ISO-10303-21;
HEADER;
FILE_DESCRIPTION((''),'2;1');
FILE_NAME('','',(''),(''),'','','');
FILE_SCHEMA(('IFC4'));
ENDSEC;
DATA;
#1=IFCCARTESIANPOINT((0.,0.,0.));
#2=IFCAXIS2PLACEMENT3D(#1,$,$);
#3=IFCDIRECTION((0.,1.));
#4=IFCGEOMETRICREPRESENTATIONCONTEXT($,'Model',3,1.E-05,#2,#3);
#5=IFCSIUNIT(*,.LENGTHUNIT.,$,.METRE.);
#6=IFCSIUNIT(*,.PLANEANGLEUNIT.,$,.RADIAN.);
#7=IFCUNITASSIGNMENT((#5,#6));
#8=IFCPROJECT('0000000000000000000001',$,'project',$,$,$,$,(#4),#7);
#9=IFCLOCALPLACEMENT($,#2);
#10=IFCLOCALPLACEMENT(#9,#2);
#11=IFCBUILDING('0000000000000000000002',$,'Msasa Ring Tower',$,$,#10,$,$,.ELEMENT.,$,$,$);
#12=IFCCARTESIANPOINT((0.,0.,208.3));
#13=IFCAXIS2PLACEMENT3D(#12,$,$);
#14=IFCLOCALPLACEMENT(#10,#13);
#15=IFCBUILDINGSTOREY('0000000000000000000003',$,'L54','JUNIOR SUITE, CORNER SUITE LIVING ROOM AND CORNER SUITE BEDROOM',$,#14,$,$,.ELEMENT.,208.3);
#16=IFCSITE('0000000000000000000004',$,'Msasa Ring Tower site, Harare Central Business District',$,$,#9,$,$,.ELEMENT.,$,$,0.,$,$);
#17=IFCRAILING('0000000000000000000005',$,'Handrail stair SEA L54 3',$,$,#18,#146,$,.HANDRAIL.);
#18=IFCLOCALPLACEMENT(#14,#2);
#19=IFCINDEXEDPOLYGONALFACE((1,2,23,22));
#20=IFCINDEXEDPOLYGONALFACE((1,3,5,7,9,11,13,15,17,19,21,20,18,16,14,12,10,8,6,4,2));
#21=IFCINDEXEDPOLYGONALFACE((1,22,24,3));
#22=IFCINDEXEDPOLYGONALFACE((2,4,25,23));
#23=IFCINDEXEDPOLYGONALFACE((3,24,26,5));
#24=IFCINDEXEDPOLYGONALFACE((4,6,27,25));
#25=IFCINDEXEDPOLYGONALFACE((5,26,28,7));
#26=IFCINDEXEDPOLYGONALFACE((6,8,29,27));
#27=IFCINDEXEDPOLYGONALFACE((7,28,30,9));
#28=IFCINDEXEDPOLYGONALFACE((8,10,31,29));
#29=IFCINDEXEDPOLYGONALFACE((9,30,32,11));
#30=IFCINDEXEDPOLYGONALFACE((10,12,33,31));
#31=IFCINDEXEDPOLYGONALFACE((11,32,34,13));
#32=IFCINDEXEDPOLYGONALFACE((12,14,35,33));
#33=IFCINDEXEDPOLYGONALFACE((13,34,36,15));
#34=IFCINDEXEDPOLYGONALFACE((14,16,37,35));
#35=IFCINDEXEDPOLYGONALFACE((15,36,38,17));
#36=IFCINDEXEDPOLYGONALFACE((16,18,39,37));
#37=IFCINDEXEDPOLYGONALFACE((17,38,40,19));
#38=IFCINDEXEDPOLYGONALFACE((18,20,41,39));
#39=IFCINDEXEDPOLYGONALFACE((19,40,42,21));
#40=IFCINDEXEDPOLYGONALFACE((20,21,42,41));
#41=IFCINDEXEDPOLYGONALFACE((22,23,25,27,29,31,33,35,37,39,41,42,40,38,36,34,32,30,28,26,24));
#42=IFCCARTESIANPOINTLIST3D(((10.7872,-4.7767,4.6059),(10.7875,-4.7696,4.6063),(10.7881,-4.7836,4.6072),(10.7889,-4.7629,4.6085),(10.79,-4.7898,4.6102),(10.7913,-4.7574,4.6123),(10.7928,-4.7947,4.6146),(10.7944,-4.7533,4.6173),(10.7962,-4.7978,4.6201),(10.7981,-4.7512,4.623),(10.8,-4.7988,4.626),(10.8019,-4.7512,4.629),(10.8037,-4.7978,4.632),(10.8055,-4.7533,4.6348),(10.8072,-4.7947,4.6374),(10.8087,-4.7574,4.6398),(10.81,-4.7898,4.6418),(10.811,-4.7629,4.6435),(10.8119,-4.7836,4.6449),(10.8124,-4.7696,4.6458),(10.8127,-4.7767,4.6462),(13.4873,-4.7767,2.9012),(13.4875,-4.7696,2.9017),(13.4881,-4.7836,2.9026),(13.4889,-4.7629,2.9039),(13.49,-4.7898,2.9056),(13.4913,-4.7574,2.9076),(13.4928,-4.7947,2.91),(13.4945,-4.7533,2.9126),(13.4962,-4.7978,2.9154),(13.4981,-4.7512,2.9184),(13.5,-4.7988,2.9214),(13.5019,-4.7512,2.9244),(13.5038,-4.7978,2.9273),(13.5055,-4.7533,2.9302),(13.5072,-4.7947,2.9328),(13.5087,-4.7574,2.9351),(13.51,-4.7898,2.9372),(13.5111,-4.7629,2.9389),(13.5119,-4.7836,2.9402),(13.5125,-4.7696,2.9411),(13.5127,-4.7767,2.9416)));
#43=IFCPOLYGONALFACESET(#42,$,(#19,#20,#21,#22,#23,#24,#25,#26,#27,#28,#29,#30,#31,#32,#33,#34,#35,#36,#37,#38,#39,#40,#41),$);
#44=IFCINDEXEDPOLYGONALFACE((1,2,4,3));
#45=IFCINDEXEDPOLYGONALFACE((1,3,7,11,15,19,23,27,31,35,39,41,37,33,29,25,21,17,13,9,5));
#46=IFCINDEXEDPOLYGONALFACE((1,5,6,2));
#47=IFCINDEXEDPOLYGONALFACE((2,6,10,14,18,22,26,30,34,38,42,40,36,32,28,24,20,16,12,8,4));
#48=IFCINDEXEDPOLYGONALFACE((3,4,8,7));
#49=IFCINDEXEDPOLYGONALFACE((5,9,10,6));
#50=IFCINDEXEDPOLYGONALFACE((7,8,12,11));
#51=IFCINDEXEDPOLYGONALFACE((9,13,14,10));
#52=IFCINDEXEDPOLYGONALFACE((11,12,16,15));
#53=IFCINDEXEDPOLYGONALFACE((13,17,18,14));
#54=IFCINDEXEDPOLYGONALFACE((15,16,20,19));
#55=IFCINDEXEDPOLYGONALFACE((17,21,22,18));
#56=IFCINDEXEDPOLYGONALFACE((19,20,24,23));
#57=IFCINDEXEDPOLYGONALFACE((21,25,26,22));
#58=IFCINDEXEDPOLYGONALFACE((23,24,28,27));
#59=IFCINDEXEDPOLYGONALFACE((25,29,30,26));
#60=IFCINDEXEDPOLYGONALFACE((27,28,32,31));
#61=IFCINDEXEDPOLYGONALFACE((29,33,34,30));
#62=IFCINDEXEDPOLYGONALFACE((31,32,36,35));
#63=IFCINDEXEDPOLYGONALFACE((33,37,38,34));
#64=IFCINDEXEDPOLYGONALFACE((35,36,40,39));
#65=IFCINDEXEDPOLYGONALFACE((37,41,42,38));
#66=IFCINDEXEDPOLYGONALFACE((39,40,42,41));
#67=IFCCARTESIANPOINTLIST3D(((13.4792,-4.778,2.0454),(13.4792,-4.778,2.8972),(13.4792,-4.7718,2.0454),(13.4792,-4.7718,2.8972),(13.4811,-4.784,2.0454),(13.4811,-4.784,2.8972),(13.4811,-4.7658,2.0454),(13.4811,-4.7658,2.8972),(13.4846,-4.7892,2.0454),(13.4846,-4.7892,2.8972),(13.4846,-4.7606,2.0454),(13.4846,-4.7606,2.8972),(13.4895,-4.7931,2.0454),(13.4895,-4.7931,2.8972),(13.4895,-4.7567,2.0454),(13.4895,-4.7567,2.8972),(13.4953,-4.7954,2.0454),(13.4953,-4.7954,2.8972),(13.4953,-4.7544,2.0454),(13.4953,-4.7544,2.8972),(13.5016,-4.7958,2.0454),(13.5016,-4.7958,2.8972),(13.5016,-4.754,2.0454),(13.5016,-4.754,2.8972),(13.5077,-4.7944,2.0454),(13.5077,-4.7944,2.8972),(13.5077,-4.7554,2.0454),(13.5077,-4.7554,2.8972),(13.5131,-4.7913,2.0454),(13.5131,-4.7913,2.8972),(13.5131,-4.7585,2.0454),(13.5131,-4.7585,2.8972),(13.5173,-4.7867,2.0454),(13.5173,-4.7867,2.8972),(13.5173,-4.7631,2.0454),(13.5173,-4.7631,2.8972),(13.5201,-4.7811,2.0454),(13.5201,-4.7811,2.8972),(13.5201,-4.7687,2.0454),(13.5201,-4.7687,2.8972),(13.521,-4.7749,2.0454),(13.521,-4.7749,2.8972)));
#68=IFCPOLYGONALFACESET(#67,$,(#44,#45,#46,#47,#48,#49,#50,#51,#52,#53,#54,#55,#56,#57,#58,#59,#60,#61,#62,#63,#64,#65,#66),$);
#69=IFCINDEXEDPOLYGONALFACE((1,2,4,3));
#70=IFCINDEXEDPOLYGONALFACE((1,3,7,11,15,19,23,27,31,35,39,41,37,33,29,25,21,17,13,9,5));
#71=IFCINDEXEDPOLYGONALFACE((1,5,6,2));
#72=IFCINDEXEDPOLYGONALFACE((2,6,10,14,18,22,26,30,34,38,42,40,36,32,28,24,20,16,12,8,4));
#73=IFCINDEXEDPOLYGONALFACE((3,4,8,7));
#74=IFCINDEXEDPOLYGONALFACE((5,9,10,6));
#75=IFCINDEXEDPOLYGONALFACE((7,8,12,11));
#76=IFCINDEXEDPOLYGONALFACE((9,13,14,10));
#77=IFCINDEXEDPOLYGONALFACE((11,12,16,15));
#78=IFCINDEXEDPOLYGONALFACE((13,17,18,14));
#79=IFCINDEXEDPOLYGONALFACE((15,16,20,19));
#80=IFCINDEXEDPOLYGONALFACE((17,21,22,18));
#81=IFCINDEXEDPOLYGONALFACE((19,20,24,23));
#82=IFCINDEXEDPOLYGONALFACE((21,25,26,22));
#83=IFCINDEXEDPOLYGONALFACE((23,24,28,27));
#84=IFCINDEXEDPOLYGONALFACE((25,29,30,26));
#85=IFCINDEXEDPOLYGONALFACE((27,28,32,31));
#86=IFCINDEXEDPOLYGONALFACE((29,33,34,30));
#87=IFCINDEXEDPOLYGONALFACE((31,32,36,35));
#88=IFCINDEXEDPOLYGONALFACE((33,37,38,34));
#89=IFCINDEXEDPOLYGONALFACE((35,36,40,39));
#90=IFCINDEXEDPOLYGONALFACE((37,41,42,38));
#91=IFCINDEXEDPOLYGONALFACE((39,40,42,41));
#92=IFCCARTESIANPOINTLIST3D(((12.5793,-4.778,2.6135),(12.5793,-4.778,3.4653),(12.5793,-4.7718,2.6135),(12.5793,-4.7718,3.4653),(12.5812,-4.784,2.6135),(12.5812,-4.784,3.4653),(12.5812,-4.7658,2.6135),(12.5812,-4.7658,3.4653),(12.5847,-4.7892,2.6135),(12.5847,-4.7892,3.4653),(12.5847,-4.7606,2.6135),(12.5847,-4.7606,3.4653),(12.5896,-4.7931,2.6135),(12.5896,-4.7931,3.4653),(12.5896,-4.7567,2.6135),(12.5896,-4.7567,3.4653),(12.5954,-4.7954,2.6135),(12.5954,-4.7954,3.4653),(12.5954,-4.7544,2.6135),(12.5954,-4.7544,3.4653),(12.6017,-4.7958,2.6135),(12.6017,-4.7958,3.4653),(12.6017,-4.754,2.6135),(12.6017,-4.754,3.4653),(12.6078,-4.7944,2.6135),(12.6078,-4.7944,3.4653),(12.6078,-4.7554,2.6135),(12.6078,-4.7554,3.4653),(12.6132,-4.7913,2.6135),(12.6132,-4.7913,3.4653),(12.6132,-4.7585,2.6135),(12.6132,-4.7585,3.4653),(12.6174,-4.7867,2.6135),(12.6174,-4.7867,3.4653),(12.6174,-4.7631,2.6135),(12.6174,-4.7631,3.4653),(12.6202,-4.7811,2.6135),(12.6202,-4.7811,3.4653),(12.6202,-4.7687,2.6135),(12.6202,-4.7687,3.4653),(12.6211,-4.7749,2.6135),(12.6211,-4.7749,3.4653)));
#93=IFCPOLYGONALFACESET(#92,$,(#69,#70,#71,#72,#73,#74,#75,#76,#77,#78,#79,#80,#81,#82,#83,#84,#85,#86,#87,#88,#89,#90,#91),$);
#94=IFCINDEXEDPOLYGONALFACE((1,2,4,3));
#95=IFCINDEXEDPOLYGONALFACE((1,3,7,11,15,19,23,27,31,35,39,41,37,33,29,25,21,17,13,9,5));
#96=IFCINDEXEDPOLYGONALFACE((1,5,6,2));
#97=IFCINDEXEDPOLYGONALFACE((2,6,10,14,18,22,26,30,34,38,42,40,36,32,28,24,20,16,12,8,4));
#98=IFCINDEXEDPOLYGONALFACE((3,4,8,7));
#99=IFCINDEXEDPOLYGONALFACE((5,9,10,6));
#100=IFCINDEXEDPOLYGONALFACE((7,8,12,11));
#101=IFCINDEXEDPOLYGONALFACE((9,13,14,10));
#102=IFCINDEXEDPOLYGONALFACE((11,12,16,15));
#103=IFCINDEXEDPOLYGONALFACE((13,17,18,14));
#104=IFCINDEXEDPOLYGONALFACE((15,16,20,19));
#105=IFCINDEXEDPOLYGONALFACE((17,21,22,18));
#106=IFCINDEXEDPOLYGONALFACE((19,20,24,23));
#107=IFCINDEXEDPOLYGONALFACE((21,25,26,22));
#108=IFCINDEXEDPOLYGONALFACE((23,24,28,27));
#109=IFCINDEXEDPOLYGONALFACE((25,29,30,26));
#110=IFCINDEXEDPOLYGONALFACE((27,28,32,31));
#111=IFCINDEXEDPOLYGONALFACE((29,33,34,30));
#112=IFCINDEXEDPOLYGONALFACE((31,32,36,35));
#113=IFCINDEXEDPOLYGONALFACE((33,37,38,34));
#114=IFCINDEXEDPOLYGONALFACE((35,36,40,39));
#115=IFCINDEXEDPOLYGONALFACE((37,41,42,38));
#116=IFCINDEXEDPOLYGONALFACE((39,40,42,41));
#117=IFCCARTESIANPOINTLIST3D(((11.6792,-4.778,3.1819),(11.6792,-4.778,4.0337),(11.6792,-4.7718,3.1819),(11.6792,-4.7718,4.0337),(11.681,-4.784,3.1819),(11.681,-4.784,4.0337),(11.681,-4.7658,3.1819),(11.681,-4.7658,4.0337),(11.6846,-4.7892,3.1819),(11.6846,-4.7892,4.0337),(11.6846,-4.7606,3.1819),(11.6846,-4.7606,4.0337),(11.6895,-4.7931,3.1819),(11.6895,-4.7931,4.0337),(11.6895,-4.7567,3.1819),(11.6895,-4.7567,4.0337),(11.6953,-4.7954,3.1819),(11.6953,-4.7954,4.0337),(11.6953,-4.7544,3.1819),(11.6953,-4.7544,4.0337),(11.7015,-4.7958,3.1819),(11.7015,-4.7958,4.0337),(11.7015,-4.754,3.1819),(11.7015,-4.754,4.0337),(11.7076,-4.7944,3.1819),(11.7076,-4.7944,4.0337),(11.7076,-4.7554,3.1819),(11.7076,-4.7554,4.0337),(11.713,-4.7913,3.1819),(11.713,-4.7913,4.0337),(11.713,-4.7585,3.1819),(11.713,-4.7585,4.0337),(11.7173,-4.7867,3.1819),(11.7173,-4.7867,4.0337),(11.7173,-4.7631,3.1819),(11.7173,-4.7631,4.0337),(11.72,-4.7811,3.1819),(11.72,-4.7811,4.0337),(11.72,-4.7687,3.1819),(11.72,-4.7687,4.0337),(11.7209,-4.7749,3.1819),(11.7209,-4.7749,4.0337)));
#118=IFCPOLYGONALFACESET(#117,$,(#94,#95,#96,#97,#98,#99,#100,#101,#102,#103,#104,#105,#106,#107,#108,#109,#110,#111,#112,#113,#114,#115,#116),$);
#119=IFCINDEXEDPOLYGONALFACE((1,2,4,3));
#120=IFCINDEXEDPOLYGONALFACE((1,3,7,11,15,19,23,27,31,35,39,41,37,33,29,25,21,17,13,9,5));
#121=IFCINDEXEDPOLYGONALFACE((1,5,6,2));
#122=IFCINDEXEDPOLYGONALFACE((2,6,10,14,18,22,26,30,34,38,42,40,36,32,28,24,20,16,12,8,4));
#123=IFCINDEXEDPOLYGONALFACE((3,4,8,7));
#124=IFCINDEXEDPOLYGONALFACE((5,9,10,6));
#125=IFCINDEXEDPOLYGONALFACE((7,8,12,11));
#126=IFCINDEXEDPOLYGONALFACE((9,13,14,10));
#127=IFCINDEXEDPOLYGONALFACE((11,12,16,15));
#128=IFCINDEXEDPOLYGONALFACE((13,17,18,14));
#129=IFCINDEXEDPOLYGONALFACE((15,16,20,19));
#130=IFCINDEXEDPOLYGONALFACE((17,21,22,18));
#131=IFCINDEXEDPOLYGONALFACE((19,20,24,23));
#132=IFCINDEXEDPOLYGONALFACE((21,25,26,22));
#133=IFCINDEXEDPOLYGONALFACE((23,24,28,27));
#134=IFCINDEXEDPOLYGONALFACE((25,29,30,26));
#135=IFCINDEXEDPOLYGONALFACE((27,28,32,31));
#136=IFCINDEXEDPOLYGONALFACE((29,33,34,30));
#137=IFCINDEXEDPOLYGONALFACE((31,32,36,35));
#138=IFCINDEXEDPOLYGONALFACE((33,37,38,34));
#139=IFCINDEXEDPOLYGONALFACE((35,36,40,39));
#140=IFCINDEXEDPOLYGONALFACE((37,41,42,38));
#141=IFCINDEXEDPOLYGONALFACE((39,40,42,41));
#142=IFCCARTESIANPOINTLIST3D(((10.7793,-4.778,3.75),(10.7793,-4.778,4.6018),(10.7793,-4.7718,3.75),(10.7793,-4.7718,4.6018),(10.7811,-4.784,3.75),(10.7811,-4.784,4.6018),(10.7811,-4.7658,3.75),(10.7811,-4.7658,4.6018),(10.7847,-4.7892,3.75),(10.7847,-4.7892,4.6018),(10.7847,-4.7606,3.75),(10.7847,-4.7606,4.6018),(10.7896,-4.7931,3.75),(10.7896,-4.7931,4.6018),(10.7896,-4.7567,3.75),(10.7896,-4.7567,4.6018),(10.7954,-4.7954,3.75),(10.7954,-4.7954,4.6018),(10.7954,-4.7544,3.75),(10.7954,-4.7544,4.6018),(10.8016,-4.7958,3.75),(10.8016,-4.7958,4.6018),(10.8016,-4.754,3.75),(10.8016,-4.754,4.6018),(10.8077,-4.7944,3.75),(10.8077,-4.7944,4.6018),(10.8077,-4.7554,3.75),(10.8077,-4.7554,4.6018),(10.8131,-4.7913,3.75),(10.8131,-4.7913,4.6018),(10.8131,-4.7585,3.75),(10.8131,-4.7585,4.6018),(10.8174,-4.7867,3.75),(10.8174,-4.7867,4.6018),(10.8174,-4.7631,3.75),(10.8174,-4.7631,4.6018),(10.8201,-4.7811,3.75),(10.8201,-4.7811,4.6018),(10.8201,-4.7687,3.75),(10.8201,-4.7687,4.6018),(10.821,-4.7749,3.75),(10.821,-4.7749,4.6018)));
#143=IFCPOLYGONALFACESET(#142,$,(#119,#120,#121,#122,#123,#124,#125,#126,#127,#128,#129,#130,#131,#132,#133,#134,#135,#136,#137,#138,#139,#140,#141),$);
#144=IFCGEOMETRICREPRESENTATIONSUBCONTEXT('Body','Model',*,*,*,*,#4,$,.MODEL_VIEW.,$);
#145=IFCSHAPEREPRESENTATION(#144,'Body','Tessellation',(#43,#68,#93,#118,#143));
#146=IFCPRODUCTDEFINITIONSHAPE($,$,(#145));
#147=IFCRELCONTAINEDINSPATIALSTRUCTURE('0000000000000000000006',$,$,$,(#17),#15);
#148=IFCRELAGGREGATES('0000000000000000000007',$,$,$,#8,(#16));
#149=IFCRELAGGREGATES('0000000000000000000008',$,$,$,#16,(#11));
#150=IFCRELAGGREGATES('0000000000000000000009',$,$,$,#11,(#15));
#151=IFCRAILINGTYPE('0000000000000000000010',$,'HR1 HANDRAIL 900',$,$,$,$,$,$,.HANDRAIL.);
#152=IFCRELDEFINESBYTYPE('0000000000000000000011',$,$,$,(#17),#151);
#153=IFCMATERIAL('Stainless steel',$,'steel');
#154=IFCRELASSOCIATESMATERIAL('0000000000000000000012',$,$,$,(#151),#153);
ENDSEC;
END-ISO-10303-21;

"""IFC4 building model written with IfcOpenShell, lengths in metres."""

from ifc_helpers import new_model, si_unit, direction, frame, origin, origin_2d, place, context, subcontext, project, spatial, circle, extrude, material, type_object, element, save


model = new_model("IFC4")

# Units and contexts
model_context = context("Model", 3, precision=1e-05, world=origin(), true_north=direction((0.0, 1.0)))
body_context = subcontext(model_context, "Body", "Model", "MODEL_VIEW")
ifc_project = project(units=[si_unit("LENGTHUNIT", "METRE"), si_unit("PLANEANGLEUNIT", "RADIAN")], contexts=[model_context])

# Site, building, storey
site_placement = place(None, origin())
site = spatial("IfcSite", under=ifc_project, at=site_placement, Name="Msasa Ring Tower site, Harare Central Business District", CompositionType="ELEMENT", RefElevation=0.0)
building_placement = place(site_placement, origin())
building = spatial("IfcBuilding", under=site, at=building_placement, Name="Msasa Ring Tower", CompositionType="ELEMENT")
storey_placement = place(building_placement, frame((0.0, 0.0, 208.3)))
storey = spatial("IfcBuildingStorey", under=building, at=storey_placement, Name="L54", Description="JUNIOR SUITE, CORNER SUITE LIVING ROOM AND CORNER SUITE BEDROOM", CompositionType="ELEMENT", Elevation=208.3)

# Railing
ifc_material_1 = material(Name="Stainless steel", Category="steel")
railing_type = type_object("IfcRailingType", Name="HR1 HANDRAIL 900", PredefinedType="HANDRAIL", material=ifc_material_1)
for number, where, name in (
    (1, (13.5, -4.7749, 2.0454), "Handrail stair SEA L54 3"),
):
    element("IfcRailing", number, at=place(storey_placement, frame(where)), inside=storey, type_object=railing_type, Name=name, PredefinedType="HANDRAIL", context=body_context, shape_type="SweptSolid", body=[
        extrude(circle(Radius=0.0239, at=origin_2d()), frame((0.0, 0.0, 0.876), z_axis=(-0.84558, 0.0, 0.533849), x_axis=(0.0, -1.0, 0.0)), (0.0, 0.0, 1.0), 3.1931),
        extrude(circle(Radius=0.021, at=origin_2d()), origin(), (0.0, 0.0, 1.0), 0.8518),
        extrude(circle(Radius=0.021, at=origin_2d()), frame((-0.8999, 0.0, 0.5681)), (0.0, 0.0, 1.0), 0.8518),
        extrude(circle(Radius=0.021, at=origin_2d()), frame((-1.8, 0.0, 1.1365)), (0.0, 0.0, 1.0), 0.8518),
        extrude(circle(Radius=0.021, at=origin_2d()), frame((-2.7, 0.0, 1.7046)), (0.0, 0.0, 1.0), 0.8518),
    ])

save(model, "model.ifc")
